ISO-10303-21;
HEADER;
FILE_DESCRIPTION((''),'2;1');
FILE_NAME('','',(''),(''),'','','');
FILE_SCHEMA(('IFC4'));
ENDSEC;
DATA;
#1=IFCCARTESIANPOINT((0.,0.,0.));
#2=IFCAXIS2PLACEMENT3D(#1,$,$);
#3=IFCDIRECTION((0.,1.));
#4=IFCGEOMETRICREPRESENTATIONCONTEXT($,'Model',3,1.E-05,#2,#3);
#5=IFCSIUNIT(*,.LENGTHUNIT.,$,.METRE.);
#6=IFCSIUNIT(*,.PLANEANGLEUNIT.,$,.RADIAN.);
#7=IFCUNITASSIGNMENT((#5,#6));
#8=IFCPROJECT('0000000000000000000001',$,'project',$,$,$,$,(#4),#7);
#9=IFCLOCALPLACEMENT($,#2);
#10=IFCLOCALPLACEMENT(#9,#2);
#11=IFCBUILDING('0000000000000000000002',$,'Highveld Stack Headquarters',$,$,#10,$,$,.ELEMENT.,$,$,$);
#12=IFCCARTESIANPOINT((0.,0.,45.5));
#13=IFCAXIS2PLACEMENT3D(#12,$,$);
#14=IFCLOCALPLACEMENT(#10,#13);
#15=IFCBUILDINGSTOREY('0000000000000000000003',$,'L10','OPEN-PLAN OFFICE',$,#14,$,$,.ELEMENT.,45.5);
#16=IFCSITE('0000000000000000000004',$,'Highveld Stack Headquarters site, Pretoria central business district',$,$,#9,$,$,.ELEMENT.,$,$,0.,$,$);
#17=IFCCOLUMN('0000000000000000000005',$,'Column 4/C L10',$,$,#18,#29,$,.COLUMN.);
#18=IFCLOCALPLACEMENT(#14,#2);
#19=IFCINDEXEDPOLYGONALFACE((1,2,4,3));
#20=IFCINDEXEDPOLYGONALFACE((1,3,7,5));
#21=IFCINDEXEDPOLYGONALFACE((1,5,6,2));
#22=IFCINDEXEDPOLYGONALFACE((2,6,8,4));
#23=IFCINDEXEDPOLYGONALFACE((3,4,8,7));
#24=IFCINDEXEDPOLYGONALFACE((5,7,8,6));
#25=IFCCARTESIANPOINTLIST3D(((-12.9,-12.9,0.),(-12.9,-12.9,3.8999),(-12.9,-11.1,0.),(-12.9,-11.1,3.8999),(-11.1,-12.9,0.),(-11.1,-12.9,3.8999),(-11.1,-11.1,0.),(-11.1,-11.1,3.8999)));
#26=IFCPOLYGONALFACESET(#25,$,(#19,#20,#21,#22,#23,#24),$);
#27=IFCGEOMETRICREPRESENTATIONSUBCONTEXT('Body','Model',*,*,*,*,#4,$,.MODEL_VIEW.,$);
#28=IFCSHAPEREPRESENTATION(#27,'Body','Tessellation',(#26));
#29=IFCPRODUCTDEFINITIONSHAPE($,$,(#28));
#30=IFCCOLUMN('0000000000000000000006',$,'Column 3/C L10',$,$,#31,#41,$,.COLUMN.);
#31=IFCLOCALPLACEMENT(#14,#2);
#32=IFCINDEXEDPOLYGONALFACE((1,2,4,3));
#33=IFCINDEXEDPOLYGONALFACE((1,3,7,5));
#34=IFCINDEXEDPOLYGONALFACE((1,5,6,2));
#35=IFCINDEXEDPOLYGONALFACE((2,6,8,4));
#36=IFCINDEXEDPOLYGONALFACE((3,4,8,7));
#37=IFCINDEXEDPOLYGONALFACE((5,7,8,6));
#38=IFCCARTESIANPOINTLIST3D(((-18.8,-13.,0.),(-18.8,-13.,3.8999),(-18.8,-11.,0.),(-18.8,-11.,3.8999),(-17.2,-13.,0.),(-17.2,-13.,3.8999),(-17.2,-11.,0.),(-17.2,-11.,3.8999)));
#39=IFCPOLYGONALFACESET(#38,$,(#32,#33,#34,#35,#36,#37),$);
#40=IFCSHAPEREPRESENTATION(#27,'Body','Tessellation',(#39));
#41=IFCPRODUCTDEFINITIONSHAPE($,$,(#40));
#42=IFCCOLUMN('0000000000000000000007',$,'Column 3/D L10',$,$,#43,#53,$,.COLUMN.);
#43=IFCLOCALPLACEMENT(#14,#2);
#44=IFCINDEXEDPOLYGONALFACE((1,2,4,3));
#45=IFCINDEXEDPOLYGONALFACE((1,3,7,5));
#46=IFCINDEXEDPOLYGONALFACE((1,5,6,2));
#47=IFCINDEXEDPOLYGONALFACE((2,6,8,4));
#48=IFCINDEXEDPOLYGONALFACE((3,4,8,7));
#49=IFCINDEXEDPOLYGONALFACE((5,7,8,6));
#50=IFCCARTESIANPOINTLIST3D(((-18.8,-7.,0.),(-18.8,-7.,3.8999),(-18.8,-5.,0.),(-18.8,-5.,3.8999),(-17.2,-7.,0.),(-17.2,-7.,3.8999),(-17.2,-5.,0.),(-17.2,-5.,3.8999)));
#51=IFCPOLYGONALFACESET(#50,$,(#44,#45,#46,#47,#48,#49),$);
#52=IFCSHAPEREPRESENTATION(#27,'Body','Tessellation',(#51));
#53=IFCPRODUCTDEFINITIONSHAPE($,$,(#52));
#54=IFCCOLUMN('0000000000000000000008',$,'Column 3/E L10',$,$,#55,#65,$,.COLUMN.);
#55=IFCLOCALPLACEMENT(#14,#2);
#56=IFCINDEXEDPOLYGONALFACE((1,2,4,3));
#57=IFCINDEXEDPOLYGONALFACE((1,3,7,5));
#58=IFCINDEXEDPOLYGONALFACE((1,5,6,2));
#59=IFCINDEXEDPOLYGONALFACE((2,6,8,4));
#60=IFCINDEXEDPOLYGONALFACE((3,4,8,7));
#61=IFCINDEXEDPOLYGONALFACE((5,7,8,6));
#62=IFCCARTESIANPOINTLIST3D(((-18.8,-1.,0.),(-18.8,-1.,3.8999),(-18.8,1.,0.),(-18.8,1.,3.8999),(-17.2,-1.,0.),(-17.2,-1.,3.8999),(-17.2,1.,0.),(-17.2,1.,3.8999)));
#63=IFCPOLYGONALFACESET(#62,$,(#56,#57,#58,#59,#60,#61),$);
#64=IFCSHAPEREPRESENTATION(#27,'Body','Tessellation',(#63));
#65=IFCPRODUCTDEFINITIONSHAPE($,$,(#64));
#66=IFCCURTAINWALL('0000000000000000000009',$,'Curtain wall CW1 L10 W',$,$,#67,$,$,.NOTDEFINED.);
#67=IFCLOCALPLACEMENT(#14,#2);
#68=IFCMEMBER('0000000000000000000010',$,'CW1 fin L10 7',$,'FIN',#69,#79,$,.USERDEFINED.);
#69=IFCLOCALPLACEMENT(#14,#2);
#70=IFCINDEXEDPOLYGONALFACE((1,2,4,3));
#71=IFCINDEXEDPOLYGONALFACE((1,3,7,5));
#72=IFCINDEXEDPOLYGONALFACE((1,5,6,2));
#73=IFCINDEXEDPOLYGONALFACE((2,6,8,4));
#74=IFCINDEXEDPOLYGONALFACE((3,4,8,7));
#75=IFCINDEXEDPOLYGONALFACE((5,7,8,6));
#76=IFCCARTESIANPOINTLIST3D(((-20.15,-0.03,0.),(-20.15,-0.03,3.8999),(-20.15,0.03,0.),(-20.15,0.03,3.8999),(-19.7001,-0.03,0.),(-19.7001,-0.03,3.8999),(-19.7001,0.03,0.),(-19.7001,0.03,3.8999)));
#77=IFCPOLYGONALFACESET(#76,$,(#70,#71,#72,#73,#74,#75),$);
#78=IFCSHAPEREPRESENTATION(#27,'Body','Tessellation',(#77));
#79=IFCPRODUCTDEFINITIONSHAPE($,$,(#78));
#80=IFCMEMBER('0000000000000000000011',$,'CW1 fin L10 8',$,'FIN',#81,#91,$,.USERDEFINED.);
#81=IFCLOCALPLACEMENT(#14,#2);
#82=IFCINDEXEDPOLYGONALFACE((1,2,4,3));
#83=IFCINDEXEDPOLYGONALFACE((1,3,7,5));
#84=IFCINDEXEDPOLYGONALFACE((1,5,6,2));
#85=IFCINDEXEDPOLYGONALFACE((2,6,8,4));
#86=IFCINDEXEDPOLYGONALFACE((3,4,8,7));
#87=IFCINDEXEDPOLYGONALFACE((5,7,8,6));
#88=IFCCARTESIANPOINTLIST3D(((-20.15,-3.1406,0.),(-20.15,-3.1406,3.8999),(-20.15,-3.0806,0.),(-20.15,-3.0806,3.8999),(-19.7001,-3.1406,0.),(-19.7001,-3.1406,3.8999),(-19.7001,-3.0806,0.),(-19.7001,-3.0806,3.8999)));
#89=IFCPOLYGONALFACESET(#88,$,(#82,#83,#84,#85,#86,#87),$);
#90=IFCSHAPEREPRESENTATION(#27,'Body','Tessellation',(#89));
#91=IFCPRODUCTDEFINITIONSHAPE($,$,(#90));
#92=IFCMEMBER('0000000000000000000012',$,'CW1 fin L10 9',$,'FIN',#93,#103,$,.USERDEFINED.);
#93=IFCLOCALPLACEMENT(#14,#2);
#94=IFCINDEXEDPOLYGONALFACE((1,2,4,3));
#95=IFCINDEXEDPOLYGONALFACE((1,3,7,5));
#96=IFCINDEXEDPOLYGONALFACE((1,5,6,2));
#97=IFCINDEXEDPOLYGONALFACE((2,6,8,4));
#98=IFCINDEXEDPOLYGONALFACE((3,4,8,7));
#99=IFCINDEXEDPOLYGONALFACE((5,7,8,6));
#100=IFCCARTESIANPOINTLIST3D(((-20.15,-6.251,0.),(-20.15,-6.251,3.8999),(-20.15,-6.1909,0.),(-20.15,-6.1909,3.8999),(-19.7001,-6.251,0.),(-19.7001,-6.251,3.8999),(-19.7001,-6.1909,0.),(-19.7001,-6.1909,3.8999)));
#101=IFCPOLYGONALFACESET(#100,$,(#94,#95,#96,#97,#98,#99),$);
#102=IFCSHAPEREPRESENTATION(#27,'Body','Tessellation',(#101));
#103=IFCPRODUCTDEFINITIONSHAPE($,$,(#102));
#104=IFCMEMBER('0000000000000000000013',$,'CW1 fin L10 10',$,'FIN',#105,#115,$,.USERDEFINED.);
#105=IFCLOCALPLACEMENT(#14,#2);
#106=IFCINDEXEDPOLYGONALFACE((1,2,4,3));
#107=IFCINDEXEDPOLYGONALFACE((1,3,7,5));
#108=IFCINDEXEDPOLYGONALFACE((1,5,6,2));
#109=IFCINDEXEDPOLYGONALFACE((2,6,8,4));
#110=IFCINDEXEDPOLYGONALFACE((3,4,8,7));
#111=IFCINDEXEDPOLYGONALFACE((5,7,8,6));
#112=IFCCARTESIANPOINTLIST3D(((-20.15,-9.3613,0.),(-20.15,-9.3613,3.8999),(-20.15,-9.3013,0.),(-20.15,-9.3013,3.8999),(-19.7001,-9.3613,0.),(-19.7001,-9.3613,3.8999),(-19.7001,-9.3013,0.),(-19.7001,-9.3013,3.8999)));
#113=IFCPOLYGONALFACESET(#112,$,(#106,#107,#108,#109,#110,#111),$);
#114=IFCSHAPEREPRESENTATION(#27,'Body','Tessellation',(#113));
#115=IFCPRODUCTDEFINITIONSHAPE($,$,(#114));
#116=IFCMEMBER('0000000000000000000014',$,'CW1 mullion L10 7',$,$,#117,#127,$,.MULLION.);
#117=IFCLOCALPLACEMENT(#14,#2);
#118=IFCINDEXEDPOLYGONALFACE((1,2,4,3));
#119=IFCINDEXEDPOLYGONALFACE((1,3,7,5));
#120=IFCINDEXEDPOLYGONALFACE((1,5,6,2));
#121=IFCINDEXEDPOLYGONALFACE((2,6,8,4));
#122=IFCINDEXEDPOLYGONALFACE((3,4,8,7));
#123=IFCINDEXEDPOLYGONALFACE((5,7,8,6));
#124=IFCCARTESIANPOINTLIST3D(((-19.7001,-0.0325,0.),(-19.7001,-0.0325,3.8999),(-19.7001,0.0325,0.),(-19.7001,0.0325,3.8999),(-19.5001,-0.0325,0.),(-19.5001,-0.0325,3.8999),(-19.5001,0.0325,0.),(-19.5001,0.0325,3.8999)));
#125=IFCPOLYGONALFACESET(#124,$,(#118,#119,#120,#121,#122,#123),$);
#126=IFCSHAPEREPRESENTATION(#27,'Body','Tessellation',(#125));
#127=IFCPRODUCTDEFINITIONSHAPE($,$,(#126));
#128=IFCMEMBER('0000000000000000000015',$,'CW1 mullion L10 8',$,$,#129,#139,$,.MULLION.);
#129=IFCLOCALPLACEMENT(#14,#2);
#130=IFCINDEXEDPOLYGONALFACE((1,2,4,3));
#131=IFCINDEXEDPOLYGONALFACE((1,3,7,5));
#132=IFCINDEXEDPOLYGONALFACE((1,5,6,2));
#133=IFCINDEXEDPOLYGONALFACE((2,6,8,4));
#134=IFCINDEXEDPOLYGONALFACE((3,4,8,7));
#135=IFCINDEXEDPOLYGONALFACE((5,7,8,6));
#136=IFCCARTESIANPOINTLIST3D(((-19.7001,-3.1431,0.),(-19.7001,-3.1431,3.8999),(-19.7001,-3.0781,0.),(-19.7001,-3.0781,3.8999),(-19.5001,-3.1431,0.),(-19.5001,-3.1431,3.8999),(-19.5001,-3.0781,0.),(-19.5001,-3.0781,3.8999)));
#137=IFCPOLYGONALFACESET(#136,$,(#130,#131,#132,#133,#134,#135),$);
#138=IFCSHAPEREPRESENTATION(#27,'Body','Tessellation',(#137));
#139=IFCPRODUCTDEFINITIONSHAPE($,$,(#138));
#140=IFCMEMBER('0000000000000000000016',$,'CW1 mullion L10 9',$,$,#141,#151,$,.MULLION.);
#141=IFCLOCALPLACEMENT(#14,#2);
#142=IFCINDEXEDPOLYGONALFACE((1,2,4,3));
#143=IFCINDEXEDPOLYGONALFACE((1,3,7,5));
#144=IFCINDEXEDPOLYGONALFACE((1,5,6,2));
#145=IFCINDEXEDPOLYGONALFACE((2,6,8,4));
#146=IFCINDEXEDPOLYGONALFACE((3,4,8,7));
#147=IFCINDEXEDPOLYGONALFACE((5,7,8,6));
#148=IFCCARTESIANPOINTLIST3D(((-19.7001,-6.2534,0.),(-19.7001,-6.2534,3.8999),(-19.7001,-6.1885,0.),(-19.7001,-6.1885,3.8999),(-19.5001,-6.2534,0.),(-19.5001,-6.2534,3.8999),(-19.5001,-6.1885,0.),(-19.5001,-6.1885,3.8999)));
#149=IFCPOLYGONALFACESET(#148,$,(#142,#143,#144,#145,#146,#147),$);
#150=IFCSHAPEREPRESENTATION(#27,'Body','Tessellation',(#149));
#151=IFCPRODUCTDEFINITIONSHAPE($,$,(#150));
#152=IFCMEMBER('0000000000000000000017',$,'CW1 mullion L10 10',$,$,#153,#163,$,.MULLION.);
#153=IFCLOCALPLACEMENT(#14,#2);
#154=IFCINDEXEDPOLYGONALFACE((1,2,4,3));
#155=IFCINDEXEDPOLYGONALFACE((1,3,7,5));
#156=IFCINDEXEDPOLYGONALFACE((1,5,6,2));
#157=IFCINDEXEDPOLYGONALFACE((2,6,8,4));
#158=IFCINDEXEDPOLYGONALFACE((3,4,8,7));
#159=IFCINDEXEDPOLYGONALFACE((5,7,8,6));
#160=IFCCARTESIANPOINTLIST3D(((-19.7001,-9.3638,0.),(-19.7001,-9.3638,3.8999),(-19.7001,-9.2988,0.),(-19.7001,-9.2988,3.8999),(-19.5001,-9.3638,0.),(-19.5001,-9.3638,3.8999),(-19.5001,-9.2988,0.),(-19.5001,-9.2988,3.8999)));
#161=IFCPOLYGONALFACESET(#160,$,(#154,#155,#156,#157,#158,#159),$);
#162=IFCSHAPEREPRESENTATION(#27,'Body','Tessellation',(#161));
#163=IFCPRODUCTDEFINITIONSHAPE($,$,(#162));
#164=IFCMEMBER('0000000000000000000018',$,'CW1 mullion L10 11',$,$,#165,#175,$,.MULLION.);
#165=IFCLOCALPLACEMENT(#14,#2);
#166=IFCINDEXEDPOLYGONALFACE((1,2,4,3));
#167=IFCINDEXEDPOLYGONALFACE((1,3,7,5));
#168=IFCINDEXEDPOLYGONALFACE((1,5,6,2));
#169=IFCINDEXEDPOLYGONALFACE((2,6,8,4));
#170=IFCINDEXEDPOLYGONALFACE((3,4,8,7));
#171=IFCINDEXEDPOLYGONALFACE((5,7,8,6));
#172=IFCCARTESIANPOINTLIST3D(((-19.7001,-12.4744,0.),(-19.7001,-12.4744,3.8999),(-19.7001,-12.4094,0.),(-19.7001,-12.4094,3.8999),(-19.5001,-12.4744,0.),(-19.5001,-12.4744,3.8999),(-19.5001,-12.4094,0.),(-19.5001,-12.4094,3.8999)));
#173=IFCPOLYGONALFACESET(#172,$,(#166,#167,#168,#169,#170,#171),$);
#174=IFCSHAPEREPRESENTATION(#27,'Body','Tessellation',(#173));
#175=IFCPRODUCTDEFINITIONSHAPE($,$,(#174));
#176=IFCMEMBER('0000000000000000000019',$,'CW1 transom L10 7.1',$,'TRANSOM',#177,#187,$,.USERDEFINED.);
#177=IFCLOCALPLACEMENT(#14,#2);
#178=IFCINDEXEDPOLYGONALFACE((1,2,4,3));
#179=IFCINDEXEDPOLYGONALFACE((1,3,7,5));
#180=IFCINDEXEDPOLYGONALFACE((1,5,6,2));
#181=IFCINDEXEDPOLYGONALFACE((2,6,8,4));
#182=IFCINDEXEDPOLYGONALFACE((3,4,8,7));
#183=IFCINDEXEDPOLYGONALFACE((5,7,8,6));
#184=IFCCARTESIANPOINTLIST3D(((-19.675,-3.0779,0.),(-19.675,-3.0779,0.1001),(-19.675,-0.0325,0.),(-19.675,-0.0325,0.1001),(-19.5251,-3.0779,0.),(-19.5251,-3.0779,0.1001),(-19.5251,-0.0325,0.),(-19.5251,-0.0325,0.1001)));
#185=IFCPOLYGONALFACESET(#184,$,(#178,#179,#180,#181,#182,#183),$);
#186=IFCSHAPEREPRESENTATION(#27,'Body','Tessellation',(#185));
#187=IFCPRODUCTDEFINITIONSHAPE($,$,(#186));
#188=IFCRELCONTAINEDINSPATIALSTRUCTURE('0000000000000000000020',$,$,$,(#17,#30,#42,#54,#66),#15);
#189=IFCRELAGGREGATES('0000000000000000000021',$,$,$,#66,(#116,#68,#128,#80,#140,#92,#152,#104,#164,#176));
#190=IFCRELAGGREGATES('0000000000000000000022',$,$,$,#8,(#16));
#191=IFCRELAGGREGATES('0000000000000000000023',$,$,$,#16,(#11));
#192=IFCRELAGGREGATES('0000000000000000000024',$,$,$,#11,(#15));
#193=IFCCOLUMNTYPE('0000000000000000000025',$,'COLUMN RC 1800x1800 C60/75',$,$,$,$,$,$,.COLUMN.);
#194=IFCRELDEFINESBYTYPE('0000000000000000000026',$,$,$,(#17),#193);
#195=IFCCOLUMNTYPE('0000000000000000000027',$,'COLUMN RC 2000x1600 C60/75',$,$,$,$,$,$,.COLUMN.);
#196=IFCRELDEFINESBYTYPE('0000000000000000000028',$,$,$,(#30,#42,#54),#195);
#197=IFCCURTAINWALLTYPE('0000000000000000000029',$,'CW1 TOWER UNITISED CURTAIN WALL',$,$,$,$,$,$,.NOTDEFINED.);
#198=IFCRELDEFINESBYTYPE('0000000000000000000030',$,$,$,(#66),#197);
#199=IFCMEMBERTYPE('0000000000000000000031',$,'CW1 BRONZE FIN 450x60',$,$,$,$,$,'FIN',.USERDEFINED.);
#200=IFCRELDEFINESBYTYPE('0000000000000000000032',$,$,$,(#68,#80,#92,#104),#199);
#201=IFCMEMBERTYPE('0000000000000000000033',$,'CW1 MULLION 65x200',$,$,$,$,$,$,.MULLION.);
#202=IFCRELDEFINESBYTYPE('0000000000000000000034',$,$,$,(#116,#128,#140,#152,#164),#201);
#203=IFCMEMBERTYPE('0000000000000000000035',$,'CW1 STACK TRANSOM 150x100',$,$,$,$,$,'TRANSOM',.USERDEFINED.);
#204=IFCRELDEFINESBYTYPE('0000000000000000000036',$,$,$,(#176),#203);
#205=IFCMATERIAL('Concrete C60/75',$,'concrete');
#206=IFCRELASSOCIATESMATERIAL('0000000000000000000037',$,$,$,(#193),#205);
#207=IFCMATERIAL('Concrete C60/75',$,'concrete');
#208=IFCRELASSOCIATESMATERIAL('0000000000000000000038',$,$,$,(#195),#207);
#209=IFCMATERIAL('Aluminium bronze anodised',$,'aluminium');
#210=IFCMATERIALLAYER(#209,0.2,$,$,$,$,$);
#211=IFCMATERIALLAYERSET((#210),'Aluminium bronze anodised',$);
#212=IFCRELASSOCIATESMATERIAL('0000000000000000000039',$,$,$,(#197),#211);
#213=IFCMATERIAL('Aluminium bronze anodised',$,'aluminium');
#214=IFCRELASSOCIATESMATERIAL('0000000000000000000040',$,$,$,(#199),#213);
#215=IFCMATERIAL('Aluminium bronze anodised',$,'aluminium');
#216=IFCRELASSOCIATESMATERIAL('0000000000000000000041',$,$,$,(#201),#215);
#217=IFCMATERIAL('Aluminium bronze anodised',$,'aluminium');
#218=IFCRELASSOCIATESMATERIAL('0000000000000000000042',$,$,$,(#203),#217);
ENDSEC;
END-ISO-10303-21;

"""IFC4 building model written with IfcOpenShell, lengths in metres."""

from ifc_helpers import new_model, si_unit, direction, frame, origin, origin_2d, place, context, subcontext, project, spatial, rectangle, extrude, material, layer, layer_set, material_profile, profile_set, type_object, element, aggregate, save


model = new_model("IFC4")

# Units and contexts
model_context = context("Model", 3, precision=1e-05, world=origin(), true_north=direction((0.0, 1.0)))
body_context = subcontext(model_context, "Body", "Model", "MODEL_VIEW")
ifc_project = project(units=[si_unit("LENGTHUNIT", "METRE"), si_unit("PLANEANGLEUNIT", "RADIAN")], contexts=[model_context])

# Site, building, storey
site_placement = place(None, origin())
site = spatial("IfcSite", under=ifc_project, at=site_placement, Name="Highveld Stack Headquarters site, Pretoria central business district", CompositionType="ELEMENT", RefElevation=0.0)
building_placement = place(site_placement, origin())
building = spatial("IfcBuilding", under=site, at=building_placement, Name="Highveld Stack Headquarters", CompositionType="ELEMENT")
storey_placement = place(building_placement, frame((0.0, 0.0, 45.5)))
storey = spatial("IfcBuildingStorey", under=building, at=storey_placement, Name="L10", Description="OPEN-PLAN OFFICE", CompositionType="ELEMENT", Elevation=45.5)

# Columns
ifc_material_1 = material(Name="Concrete C60/75", Category="concrete")
ifc_material_profile_1 = material_profile(ifc_material_1, rectangle(XDim=1.8, YDim=1.8, at=origin_2d()), Name="RC 1800x1800")
ifc_profile_set_1 = profile_set([ifc_material_profile_1], Name="Concrete C60/75")
column_type_1 = type_object("IfcColumnType", Name="COLUMN RC 1800x1800 C60/75", PredefinedType="COLUMN", material=ifc_profile_set_1)
column_placement = place(storey_placement, frame((-12.0, -12.0, 0.0), z_axis=(0.0, 0.0, 1.0), x_axis=(1.0, 0.0, 0.0)))
element("IfcColumn", 1, at=column_placement, inside=storey, type_object=column_type_1, Name="Column 4/C L10", PredefinedType="COLUMN", context=body_context, shape_type="SweptSolid", body=[
    extrude(rectangle(XDim=1.8, YDim=1.8, at=origin_2d()), origin(), (0.0, 0.0, 1.0), 3.8999),
])
ifc_material_2 = material(Name="Concrete C60/75", Category="concrete")
ifc_material_profile_2 = material_profile(ifc_material_2, rectangle(XDim=2.0, YDim=1.6001, at=origin_2d()), Name="RC 2000x1600")
ifc_profile_set_2 = profile_set([ifc_material_profile_2], Name="Concrete C60/75")
column_type_2 = type_object("IfcColumnType", Name="COLUMN RC 2000x1600 C60/75", PredefinedType="COLUMN", material=ifc_profile_set_2)
for number, where, z_axis, x_axis, name in (
    (2, (-18.0, -12.0, 0.0), (0.0, 0.0, 1.0), (0.0, 1.0, 0.0), "Column 3/C L10"),
    (3, (-18.0, -6.0, 0.0), (0.0, 0.0, 1.0), (0.0, 1.0, 0.0), "Column 3/D L10"),
    (4, (-18.0, 0.0, 0.0), (0.0, 0.0, 1.0), (0.0, 1.0, 0.0), "Column 3/E L10"),
):
    element("IfcColumn", number, at=place(storey_placement, frame(where, z_axis=z_axis, x_axis=x_axis)), inside=storey, type_object=column_type_2, Name=name, PredefinedType="COLUMN", context=body_context, shape_type="SweptSolid", body=[
        extrude(rectangle(XDim=2.0, YDim=1.6001, at=origin_2d()), origin(), (0.0, 0.0, 1.0), 3.8999),
    ])

# Curtain wall, members
ifc_material_3 = material(Name="Aluminium bronze anodised", Category="aluminium")
ifc_layer_1 = layer(ifc_material_3, 0.2)
ifc_layer_set_1 = layer_set([ifc_layer_1], Name="Aluminium bronze anodised")
curtain_wall_type = type_object("IfcCurtainWallType", Name="CW1 TOWER UNITISED CURTAIN WALL", PredefinedType="NOTDEFINED", material=ifc_layer_set_1)
curtain_wall_placement = place(storey_placement, origin())
curtain_wall = element("IfcCurtainWall", 5, at=curtain_wall_placement, inside=storey, type_object=curtain_wall_type, Name="Curtain wall CW1 L10 W", PredefinedType="NOTDEFINED")
ifc_material_4 = material(Name="Aluminium bronze anodised", Category="aluminium")
ifc_material_profile_3 = material_profile(ifc_material_4, rectangle(XDim=0.45, YDim=0.0601, at=origin_2d()), Name="FIN 450x60")
ifc_profile_set_3 = profile_set([ifc_material_profile_3], Name="Aluminium bronze anodised")
member_type_1 = type_object("IfcMemberType", Name="CW1 BRONZE FIN 450x60", ElementType="FIN", PredefinedType="USERDEFINED", material=ifc_profile_set_3)
member_1_placement = place(storey_placement, frame((-19.925, 0.0, 0.0), z_axis=(0.0, 0.0, 1.0), x_axis=(1.0, 0.0, 0.0)))
member_1 = element("IfcMember", 6, at=member_1_placement, type_object=member_type_1, Name="CW1 fin L10 7", ObjectType="FIN", PredefinedType="USERDEFINED", context=body_context, shape_type="SweptSolid", body=[
    extrude(rectangle(XDim=0.45, YDim=0.0601, at=origin_2d()), origin(), (0.0, 0.0, 1.0), 3.8999),
])
member_2_placement = place(storey_placement, frame((-19.925, -3.1106, 0.0), z_axis=(0.0, 0.0, 1.0), x_axis=(1.0, 0.0, 0.0)))
member_2 = element("IfcMember", 7, at=member_2_placement, type_object=member_type_1, Name="CW1 fin L10 8", ObjectType="FIN", PredefinedType="USERDEFINED", context=body_context, shape_type="SweptSolid", body=[
    extrude(rectangle(XDim=0.45, YDim=0.0601, at=origin_2d()), origin(), (0.0, 0.0, 1.0), 3.8999),
])
member_3_placement = place(storey_placement, frame((-19.925, -6.2209, 0.0), z_axis=(0.0, 0.0, 1.0), x_axis=(1.0, 0.0, 0.0)))
member_3 = element("IfcMember", 8, at=member_3_placement, type_object=member_type_1, Name="CW1 fin L10 9", ObjectType="FIN", PredefinedType="USERDEFINED", context=body_context, shape_type="SweptSolid", body=[
    extrude(rectangle(XDim=0.45, YDim=0.0601, at=origin_2d()), origin(), (0.0, 0.0, 1.0), 3.8999),
])
member_4_placement = place(storey_placement, frame((-19.925, -9.3313, 0.0), z_axis=(0.0, 0.0, 1.0), x_axis=(1.0, 0.0, 0.0)))
member_4 = element("IfcMember", 9, at=member_4_placement, type_object=member_type_1, Name="CW1 fin L10 10", ObjectType="FIN", PredefinedType="USERDEFINED", context=body_context, shape_type="SweptSolid", body=[
    extrude(rectangle(XDim=0.45, YDim=0.0601, at=origin_2d()), origin(), (0.0, 0.0, 1.0), 3.8999),
])
ifc_material_5 = material(Name="Aluminium bronze anodised", Category="aluminium")
ifc_material_profile_4 = material_profile(ifc_material_5, rectangle(XDim=0.2, YDim=0.0649, at=origin_2d()), Name="CW1 MULLION 65x200")
ifc_profile_set_4 = profile_set([ifc_material_profile_4], Name="Aluminium bronze anodised")
member_type_2 = type_object("IfcMemberType", Name="CW1 MULLION 65x200", PredefinedType="MULLION", material=ifc_profile_set_4)
member_5_placement = place(storey_placement, frame((-19.6001, 0.0, 0.0), z_axis=(0.0, 0.0, 1.0), x_axis=(1.0, 0.0, 0.0)))
member_5 = element("IfcMember", 10, at=member_5_placement, type_object=member_type_2, Name="CW1 mullion L10 7", PredefinedType="MULLION", context=body_context, shape_type="SweptSolid", body=[
    extrude(rectangle(XDim=0.2, YDim=0.0649, at=origin_2d()), origin(), (0.0, 0.0, 1.0), 3.8999),
])
member_6_placement = place(storey_placement, frame((-19.6001, -3.1106, 0.0), z_axis=(0.0, 0.0, 1.0), x_axis=(1.0, 0.0, 0.0)))
member_6 = element("IfcMember", 11, at=member_6_placement, type_object=member_type_2, Name="CW1 mullion L10 8", PredefinedType="MULLION", context=body_context, shape_type="SweptSolid", body=[
    extrude(rectangle(XDim=0.2, YDim=0.0649, at=origin_2d()), origin(), (0.0, 0.0, 1.0), 3.8999),
])
member_7_placement = place(storey_placement, frame((-19.6001, -6.2209, 0.0), z_axis=(0.0, 0.0, 1.0), x_axis=(1.0, 0.0, 0.0)))
member_7 = element("IfcMember", 12, at=member_7_placement, type_object=member_type_2, Name="CW1 mullion L10 9", PredefinedType="MULLION", context=body_context, shape_type="SweptSolid", body=[
    extrude(rectangle(XDim=0.2, YDim=0.0649, at=origin_2d()), origin(), (0.0, 0.0, 1.0), 3.8999),
])
member_8_placement = place(storey_placement, frame((-19.6001, -9.3313, 0.0), z_axis=(0.0, 0.0, 1.0), x_axis=(1.0, 0.0, 0.0)))
member_8 = element("IfcMember", 13, at=member_8_placement, type_object=member_type_2, Name="CW1 mullion L10 10", PredefinedType="MULLION", context=body_context, shape_type="SweptSolid", body=[
    extrude(rectangle(XDim=0.2, YDim=0.0649, at=origin_2d()), origin(), (0.0, 0.0, 1.0), 3.8999),
])
member_9_placement = place(storey_placement, frame((-19.6001, -12.4419, 0.0), z_axis=(0.0, 0.0, 1.0), x_axis=(1.0, 0.0, 0.0)))
member_9 = element("IfcMember", 14, at=member_9_placement, type_object=member_type_2, Name="CW1 mullion L10 11", PredefinedType="MULLION", context=body_context, shape_type="SweptSolid", body=[
    extrude(rectangle(XDim=0.2, YDim=0.0649, at=origin_2d()), origin(), (0.0, 0.0, 1.0), 3.8999),
])
ifc_material_6 = material(Name="Aluminium bronze anodised", Category="aluminium")
ifc_material_profile_5 = material_profile(ifc_material_6, rectangle(XDim=0.1499, YDim=0.1001, at=origin_2d()), Name="CW1 TRANSOM 150x100")
ifc_profile_set_5 = profile_set([ifc_material_profile_5], Name="Aluminium bronze anodised")
member_type_3 = type_object("IfcMemberType", Name="CW1 STACK TRANSOM 150x100", ElementType="TRANSOM", PredefinedType="USERDEFINED", material=ifc_profile_set_5)
member_10_placement = place(storey_placement, frame((-19.6001, -0.0325, 0.05), z_axis=(0.0, -1.0, 0.0), x_axis=(1.0, 0.0, 0.0)))
member_10 = element("IfcMember", 15, at=member_10_placement, type_object=member_type_3, Name="CW1 transom L10 7.1", ObjectType="TRANSOM", PredefinedType="USERDEFINED", context=body_context, shape_type="SweptSolid", body=[
    extrude(rectangle(XDim=0.1499, YDim=0.1001, at=origin_2d()), origin(), (0.0, 0.0, 1.0), 3.0454),
])
aggregate(curtain_wall, [member_5, member_1, member_6, member_2, member_7, member_3, member_8, member_4, member_9, member_10])

save(model, "model.ifc")
